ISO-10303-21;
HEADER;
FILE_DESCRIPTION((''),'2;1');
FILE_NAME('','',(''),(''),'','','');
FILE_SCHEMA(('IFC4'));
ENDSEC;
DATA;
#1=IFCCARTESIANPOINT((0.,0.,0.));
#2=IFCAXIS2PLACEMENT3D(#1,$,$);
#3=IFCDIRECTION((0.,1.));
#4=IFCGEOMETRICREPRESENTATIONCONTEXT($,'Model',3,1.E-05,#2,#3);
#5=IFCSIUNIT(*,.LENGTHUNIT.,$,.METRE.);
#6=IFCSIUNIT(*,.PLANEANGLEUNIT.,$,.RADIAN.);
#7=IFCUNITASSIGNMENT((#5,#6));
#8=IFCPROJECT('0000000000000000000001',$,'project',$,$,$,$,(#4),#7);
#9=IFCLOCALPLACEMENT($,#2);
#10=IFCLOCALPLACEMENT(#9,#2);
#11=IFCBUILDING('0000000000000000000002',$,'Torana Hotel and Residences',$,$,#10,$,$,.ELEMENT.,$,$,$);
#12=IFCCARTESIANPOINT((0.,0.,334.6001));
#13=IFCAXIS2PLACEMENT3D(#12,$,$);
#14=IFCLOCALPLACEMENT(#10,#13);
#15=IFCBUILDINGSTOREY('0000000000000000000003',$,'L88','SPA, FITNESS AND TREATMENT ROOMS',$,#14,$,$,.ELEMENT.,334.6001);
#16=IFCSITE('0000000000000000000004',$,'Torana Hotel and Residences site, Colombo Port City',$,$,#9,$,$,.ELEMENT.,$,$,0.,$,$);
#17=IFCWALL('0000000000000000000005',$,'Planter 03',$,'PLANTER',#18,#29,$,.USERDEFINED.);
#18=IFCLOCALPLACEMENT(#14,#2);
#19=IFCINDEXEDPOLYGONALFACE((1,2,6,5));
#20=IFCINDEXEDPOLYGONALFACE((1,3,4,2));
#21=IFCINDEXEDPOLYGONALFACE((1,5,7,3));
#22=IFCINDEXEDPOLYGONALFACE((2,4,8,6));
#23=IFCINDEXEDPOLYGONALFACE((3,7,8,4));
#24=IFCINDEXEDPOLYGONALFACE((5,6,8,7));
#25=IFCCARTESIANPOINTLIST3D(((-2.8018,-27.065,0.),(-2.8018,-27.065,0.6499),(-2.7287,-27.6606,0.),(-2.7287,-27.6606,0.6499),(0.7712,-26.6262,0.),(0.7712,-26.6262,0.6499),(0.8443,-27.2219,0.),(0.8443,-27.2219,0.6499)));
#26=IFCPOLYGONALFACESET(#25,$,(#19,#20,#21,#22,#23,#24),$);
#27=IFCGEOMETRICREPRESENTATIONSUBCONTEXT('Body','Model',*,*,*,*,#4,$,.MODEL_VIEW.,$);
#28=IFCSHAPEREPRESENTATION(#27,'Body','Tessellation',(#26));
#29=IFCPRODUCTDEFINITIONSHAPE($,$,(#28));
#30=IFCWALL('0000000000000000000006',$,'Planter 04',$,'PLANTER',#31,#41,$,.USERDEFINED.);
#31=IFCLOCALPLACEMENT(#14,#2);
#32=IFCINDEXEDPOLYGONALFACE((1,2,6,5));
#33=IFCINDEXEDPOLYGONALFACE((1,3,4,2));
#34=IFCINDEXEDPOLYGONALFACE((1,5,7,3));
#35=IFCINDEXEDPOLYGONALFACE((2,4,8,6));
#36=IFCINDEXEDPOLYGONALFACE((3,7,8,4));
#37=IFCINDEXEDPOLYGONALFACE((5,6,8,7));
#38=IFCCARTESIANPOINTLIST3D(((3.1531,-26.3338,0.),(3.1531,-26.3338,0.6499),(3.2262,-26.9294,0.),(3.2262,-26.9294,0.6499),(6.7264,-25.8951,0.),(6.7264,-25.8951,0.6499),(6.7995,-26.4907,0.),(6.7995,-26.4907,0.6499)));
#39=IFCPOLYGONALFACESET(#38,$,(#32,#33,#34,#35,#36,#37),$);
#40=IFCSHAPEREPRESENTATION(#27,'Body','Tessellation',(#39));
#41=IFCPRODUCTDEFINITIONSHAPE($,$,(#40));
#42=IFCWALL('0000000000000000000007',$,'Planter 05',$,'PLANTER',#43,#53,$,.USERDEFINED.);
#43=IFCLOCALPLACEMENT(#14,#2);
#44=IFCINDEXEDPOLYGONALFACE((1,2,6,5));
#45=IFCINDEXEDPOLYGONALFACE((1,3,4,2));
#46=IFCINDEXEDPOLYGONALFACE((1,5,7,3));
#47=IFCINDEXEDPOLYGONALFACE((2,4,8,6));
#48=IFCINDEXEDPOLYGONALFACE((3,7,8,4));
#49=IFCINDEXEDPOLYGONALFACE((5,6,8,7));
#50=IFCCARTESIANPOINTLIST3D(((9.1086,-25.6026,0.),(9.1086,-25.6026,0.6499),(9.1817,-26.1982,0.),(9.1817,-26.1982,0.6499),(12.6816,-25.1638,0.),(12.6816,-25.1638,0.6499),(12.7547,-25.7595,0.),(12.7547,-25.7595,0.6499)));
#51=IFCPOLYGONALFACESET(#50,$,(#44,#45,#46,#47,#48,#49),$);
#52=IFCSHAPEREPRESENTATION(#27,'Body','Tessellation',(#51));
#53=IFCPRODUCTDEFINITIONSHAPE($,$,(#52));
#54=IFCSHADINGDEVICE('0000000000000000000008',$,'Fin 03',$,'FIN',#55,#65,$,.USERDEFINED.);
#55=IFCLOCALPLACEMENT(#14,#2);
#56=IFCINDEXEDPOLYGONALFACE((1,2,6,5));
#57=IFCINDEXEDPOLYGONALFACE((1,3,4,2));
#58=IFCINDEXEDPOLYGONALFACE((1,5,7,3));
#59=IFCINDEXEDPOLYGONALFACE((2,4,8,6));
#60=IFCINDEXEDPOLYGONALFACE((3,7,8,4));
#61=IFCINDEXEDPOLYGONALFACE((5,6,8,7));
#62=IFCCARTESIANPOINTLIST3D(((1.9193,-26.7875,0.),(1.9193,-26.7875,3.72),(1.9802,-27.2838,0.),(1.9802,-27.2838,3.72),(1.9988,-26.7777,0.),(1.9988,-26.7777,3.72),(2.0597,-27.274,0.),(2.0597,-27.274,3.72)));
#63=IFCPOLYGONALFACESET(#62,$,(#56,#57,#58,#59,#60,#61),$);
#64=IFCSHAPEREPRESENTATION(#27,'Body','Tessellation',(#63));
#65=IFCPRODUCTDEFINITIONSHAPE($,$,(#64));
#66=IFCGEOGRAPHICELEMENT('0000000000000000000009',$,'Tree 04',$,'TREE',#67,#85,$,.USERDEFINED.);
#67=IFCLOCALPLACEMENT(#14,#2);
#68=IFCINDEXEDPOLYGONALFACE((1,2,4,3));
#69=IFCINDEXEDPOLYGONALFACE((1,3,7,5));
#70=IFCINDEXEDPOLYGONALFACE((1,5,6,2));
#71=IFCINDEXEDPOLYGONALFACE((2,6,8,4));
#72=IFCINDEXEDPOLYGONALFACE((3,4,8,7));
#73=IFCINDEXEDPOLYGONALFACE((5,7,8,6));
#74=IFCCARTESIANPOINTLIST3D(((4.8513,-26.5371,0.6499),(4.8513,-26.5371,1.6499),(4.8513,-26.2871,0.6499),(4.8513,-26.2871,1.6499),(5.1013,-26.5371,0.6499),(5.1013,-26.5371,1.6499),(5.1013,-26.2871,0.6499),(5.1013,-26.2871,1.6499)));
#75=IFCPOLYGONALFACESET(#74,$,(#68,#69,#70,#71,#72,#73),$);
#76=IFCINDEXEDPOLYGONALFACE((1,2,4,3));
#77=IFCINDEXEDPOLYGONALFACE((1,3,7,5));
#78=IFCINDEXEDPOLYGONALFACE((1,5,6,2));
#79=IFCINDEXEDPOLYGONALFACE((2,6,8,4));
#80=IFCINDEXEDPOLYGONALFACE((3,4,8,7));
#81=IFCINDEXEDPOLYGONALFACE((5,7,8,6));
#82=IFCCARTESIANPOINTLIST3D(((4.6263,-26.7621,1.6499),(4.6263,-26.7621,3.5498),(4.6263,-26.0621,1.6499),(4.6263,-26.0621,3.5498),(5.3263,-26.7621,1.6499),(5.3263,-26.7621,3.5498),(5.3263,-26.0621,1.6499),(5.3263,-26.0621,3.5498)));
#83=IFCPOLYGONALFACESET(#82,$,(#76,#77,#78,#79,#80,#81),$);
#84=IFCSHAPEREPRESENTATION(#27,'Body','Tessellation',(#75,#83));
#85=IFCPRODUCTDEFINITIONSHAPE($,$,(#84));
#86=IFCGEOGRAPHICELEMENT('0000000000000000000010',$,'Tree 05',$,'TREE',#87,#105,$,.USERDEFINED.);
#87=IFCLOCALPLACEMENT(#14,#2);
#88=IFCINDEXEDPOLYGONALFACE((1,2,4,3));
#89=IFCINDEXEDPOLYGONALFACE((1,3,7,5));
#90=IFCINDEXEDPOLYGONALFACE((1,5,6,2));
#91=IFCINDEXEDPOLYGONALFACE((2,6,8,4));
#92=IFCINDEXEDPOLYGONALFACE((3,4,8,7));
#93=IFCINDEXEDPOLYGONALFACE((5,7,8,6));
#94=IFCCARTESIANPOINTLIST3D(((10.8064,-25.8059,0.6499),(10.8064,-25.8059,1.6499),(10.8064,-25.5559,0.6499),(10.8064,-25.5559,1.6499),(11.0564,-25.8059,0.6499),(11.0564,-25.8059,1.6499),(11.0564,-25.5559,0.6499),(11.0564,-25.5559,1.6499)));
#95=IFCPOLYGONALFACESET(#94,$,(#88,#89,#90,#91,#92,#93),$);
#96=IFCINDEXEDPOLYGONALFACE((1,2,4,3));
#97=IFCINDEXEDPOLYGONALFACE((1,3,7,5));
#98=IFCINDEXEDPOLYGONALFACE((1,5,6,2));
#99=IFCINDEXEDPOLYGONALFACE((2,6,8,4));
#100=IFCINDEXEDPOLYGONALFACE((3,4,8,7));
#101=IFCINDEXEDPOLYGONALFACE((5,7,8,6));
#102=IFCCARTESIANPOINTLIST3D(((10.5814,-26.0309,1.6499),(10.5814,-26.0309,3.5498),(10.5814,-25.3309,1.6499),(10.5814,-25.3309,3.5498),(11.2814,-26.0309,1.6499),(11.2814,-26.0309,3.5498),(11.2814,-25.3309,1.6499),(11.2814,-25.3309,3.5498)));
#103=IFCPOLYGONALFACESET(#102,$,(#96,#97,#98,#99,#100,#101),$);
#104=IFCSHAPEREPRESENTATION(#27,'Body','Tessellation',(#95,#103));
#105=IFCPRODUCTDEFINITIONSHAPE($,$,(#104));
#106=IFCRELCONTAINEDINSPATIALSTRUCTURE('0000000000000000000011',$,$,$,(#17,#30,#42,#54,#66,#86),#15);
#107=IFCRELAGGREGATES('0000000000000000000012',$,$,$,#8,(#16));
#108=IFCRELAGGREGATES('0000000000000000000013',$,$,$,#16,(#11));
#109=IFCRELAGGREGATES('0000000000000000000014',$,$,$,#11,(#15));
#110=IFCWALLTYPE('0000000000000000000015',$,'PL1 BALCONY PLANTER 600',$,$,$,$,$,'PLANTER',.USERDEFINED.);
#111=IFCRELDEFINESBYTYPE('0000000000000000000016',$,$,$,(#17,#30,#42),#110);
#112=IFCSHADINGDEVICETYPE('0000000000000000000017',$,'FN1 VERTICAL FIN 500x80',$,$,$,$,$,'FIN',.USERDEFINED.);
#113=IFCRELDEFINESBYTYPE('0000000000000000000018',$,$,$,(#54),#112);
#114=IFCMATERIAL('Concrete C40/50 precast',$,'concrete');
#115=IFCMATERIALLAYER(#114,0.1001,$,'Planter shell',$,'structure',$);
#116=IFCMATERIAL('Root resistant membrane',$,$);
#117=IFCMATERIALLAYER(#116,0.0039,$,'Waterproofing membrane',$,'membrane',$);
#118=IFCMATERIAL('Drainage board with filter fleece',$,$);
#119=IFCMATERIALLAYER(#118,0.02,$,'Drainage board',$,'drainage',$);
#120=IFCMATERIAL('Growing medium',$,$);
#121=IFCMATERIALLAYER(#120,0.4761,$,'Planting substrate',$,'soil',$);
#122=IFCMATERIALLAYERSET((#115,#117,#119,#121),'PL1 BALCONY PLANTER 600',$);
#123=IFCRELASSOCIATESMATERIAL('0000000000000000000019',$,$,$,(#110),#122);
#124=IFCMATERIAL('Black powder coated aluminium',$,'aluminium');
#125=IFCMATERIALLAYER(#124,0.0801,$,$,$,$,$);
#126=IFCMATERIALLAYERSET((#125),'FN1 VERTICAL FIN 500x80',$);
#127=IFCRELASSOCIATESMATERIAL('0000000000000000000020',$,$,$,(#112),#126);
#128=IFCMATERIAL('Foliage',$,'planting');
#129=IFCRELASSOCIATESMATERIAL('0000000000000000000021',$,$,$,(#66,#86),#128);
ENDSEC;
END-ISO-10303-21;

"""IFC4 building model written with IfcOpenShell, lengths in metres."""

from ifc_helpers import new_model, si_unit, direction, frame, frame_2d, origin, origin_2d, place, context, subcontext, project, spatial, rectangle, extrude, material, layer, layer_set, type_object, element, save


model = new_model("IFC4")

# Units and contexts
model_context = context("Model", 3, precision=1e-05, world=origin(), true_north=direction((0.0, 1.0)))
body_context = subcontext(model_context, "Body", "Model", "MODEL_VIEW")
ifc_project = project(units=[si_unit("LENGTHUNIT", "METRE"), si_unit("PLANEANGLEUNIT", "RADIAN")], contexts=[model_context])

# Site, building, storey
site_placement = place(None, origin())
site = spatial("IfcSite", under=ifc_project, at=site_placement, Name="Torana Hotel and Residences site, Colombo Port City", CompositionType="ELEMENT", RefElevation=0.0)
building_placement = place(site_placement, origin())
building = spatial("IfcBuilding", under=site, at=building_placement, Name="Torana Hotel and Residences", CompositionType="ELEMENT")
storey_placement = place(building_placement, frame((0.0, 0.0, 334.6001)))
storey = spatial("IfcBuildingStorey", under=building, at=storey_placement, Name="L88", Description="SPA, FITNESS AND TREATMENT ROOMS", CompositionType="ELEMENT", Elevation=334.6001)

# Walls
ifc_material_1 = material(Name="Concrete C40/50 precast", Category="concrete")
ifc_layer_1 = layer(ifc_material_1, 0.1001, Name="Planter shell", Category="structure")
ifc_material_2 = material(Name="Root resistant membrane")
ifc_layer_2 = layer(ifc_material_2, 0.0039, Name="Waterproofing membrane", Category="membrane")
ifc_material_3 = material(Name="Drainage board with filter fleece")
ifc_layer_3 = layer(ifc_material_3, 0.02, Name="Drainage board", Category="drainage")
ifc_material_4 = material(Name="Growing medium")
ifc_layer_4 = layer(ifc_material_4, 0.4761, Name="Planting substrate", Category="soil")
ifc_layer_set_1 = layer_set([ifc_layer_1, ifc_layer_2, ifc_layer_3, ifc_layer_4], Name="PL1 BALCONY PLANTER 600")
wall_type_1 = type_object("IfcWallType", Name="PL1 BALCONY PLANTER 600", ElementType="PLANTER", PredefinedType="USERDEFINED", material=ifc_layer_set_1)
wall_1_placement = place(storey_placement, frame((0.8076, -26.9241, 0.0), z_axis=(0.0, 0.0, 1.0), x_axis=(-0.992546, -0.121873, 0.0)))
element("IfcWall", 1, at=wall_1_placement, inside=storey, type_object=wall_type_1, Name="Planter 03", ObjectType="PLANTER", PredefinedType="USERDEFINED", context=body_context, shape_type="SweptSolid", body=[
    extrude(rectangle(XDim=3.5999, YDim=0.6001, at=frame_2d((1.7998, 0.0))), origin(), (0.0, 0.0, 1.0), 0.6499),
])
wall_2_placement = place(storey_placement, frame((6.7629, -26.1929, 0.0), z_axis=(0.0, 0.0, 1.0), x_axis=(-0.992547, -0.121864, 0.0)))
element("IfcWall", 2, at=wall_2_placement, inside=storey, type_object=wall_type_1, Name="Planter 04", ObjectType="PLANTER", PredefinedType="USERDEFINED", context=body_context, shape_type="SweptSolid", body=[
    extrude(rectangle(XDim=3.6001, YDim=0.6001, at=frame_2d((1.8, 0.0))), origin(), (0.0, 0.0, 1.0), 0.6499),
])
wall_3_placement = place(storey_placement, frame((12.718, -25.4617, 0.0), z_axis=(0.0, 0.0, 1.0), x_axis=(-0.992546, -0.121873, 0.0)))
element("IfcWall", 3, at=wall_3_placement, inside=storey, type_object=wall_type_1, Name="Planter 05", ObjectType="PLANTER", PredefinedType="USERDEFINED", context=body_context, shape_type="SweptSolid", body=[
    extrude(rectangle(XDim=3.5999, YDim=0.6001, at=frame_2d((1.7998, 0.0))), origin(), (0.0, 0.0, 1.0), 0.6499),
])

# Shading device
ifc_material_5 = material(Name="Black powder coated aluminium", Category="aluminium")
ifc_layer_5 = layer(ifc_material_5, 0.0801)
ifc_layer_set_2 = layer_set([ifc_layer_5], Name="FN1 VERTICAL FIN 500x80")
shading_device_type = type_object("IfcShadingDeviceType", Name="FN1 VERTICAL FIN 500x80", ElementType="FIN", PredefinedType="USERDEFINED", material=ifc_layer_set_2)
shading_device_placement = place(storey_placement, frame((1.9895, -27.0308, 0.0), z_axis=(0.0, 0.0, 1.0), x_axis=(-0.992547, -0.121866, 0.0)))
element("IfcShadingDevice", 4, at=shading_device_placement, inside=storey, type_object=shading_device_type, Name="Fin 03", ObjectType="FIN", PredefinedType="USERDEFINED", context=body_context, shape_type="SweptSolid", body=[
    extrude(rectangle(XDim=0.0801, YDim=0.5, at=origin_2d()), origin(), (0.0, 0.0, 1.0), 3.72),
])

# Geographic elements
ifc_material_6 = material(Name="Foliage", Category="planting")
for number, where, z_axis, x_axis, name in (
    (5, (4.9763, -26.4121, 0.6499), (0.0, 0.0, 1.0), (1.0, 0.0, 0.0), "Tree 04"),
    (6, (10.9314, -25.6809, 0.6499), (0.0, 0.0, 1.0), (1.0, 0.0, 0.0), "Tree 05"),
):
    element("IfcGeographicElement", number, at=place(storey_placement, frame(where, z_axis=z_axis, x_axis=x_axis)), inside=storey, material=ifc_material_6, Name=name, ObjectType="TREE", PredefinedType="USERDEFINED", context=body_context, shape_type="SweptSolid", body=[
        extrude(rectangle(XDim=0.25, YDim=0.25, at=origin_2d()), origin(), (0.0, 0.0, 1.0), 1.0),
        extrude(rectangle(XDim=0.7, YDim=0.7, at=origin_2d()), frame((0.0, 0.0, 1.0)), (0.0, 0.0, 1.0), 1.8999),
    ])

save(model, "model.ifc")
